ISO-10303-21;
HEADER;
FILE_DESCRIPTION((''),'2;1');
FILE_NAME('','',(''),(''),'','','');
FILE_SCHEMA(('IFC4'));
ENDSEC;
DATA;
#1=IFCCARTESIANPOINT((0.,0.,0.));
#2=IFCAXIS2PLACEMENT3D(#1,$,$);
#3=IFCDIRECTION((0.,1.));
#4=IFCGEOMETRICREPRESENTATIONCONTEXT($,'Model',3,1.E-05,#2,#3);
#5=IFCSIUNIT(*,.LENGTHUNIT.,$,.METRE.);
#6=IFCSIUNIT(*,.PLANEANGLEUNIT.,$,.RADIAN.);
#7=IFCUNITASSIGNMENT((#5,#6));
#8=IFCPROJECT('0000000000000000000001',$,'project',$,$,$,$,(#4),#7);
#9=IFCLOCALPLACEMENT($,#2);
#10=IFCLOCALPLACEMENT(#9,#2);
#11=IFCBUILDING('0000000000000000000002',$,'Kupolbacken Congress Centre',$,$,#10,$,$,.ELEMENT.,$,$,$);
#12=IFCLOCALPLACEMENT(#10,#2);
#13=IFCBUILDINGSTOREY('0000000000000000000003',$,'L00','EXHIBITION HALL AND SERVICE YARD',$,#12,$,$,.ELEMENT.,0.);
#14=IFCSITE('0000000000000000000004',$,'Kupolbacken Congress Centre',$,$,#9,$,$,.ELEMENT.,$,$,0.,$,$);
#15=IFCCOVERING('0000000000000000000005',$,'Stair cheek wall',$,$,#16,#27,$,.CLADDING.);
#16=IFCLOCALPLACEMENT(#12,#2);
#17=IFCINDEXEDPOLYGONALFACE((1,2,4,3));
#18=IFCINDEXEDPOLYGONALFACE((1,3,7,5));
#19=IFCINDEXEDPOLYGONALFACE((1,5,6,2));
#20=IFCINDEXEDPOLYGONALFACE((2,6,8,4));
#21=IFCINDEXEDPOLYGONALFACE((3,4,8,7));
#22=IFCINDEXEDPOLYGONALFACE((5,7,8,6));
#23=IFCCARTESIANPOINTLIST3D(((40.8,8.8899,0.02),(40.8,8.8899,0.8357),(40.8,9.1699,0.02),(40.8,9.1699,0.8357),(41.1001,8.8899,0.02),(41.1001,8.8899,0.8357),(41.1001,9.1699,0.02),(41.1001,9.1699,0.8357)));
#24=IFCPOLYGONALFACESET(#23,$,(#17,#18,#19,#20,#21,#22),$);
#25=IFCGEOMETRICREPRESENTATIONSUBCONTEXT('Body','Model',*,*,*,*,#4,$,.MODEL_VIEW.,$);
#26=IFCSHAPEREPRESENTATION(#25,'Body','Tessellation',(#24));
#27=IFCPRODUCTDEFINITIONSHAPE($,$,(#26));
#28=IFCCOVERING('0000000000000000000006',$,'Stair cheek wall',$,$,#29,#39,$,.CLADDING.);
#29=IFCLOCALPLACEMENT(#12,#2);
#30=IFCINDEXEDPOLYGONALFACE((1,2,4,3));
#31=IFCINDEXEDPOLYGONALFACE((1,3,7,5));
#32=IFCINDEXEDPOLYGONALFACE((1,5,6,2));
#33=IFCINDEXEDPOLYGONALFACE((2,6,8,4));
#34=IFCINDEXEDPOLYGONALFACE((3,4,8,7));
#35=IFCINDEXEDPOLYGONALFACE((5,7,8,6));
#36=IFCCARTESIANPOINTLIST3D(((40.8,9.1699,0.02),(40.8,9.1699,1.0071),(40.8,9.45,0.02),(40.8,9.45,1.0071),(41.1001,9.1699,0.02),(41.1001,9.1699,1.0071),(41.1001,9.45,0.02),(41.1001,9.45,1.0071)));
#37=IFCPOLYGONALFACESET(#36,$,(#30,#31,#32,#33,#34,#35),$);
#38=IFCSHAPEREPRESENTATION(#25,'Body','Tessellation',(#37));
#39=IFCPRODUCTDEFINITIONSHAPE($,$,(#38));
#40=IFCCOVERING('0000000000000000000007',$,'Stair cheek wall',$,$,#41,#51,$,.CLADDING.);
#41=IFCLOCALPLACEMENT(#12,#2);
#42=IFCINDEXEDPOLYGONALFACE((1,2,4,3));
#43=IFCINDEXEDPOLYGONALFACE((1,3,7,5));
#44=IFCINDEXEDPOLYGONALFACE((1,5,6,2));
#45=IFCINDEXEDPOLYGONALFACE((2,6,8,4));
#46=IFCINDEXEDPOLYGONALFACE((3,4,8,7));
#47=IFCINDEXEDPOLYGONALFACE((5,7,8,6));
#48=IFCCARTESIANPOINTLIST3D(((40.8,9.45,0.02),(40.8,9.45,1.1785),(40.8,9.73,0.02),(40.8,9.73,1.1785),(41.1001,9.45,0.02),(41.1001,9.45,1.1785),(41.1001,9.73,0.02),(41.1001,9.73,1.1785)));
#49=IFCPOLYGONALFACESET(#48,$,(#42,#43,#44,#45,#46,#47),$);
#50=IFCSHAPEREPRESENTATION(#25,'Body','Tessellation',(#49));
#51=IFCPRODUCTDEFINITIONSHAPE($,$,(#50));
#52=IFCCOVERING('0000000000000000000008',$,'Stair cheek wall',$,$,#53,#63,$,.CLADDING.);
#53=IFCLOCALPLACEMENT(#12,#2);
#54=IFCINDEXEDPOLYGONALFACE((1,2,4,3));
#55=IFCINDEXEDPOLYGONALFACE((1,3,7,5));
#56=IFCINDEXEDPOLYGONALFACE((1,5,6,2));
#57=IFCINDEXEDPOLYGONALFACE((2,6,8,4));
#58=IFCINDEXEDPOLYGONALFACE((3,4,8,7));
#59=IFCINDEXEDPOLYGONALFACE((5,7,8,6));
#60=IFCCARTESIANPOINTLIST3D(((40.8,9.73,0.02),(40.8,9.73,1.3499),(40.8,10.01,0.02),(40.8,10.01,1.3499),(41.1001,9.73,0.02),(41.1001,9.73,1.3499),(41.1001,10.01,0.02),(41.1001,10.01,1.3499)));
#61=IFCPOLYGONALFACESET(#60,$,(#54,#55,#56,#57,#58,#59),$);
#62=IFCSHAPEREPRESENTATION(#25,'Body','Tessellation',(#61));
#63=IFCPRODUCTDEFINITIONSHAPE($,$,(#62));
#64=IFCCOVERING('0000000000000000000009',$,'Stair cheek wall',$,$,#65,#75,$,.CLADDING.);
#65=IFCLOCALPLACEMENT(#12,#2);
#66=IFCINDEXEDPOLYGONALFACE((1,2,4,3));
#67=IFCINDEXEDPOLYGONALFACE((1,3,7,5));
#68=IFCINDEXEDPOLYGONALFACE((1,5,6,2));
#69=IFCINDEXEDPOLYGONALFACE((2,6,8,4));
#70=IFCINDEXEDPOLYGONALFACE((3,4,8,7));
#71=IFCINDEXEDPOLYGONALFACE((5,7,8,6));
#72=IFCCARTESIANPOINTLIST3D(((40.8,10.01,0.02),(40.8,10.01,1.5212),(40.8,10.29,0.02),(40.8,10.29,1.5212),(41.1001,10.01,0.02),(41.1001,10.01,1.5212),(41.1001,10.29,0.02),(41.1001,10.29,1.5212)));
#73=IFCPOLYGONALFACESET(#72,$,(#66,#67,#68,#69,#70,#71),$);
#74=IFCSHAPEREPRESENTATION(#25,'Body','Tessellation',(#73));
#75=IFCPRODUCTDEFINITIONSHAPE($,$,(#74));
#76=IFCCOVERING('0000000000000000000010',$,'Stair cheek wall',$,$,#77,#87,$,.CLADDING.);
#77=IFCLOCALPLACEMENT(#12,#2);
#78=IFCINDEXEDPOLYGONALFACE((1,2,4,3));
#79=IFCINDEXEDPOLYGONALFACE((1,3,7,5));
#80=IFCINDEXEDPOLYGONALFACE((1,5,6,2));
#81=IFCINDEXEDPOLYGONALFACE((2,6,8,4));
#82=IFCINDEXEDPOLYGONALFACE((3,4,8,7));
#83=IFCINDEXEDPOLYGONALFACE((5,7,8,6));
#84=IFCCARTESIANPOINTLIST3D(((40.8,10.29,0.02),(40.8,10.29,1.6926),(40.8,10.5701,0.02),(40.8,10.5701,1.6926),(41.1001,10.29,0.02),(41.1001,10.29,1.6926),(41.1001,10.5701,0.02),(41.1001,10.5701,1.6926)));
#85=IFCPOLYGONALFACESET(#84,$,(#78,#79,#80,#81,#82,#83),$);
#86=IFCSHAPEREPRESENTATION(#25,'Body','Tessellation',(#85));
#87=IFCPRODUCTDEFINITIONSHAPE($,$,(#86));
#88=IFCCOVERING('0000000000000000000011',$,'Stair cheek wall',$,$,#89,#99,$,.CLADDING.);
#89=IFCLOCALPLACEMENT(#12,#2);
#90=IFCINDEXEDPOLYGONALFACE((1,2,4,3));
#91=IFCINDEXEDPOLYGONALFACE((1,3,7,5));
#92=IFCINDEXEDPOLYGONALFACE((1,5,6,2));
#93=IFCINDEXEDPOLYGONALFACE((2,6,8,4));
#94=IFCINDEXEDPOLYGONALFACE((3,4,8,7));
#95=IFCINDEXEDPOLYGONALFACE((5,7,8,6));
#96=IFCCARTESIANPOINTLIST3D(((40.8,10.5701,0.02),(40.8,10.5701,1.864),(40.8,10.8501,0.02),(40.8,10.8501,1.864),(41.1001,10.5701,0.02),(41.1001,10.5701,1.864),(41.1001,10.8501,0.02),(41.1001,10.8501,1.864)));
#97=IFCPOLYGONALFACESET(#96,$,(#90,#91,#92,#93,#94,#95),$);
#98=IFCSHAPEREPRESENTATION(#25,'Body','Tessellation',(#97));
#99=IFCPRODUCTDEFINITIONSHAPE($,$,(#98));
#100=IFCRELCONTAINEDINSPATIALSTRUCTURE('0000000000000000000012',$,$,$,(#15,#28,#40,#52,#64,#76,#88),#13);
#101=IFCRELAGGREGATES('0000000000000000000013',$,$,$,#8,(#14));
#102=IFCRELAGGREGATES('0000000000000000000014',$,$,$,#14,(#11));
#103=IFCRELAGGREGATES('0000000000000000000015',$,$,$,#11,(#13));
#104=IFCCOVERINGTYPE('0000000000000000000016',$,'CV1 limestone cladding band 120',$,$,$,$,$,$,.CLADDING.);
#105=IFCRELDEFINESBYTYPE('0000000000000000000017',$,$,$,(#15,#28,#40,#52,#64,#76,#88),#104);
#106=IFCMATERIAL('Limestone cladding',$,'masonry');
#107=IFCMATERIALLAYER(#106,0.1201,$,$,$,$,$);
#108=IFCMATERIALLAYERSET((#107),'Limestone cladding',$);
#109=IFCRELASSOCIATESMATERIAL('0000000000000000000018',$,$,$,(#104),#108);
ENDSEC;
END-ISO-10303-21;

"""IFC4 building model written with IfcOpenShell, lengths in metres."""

from ifc_helpers import new_model, si_unit, direction, frame, origin, place, context, subcontext, project, spatial, polyline, outline, extrude, material, layer, layer_set, type_object, element, save


model = new_model("IFC4")

# Units and contexts
model_context = context("Model", 3, precision=1e-05, world=origin(), true_north=direction((0.0, 1.0)))
body_context = subcontext(model_context, "Body", "Model", "MODEL_VIEW")
ifc_project = project(units=[si_unit("LENGTHUNIT", "METRE"), si_unit("PLANEANGLEUNIT", "RADIAN")], contexts=[model_context])

# Site, building, storey
site_placement = place(None, origin())
site = spatial("IfcSite", under=ifc_project, at=site_placement, Name="Kupolbacken Congress Centre", CompositionType="ELEMENT", RefElevation=0.0)
building_placement = place(site_placement, origin())
building = spatial("IfcBuilding", under=site, at=building_placement, Name="Kupolbacken Congress Centre", CompositionType="ELEMENT")
storey_placement = place(building_placement, origin())
storey = spatial("IfcBuildingStorey", under=building, at=storey_placement, Name="L00", Description="EXHIBITION HALL AND SERVICE YARD", CompositionType="ELEMENT", Elevation=0.0)

# Coverings
ifc_material = material(Name="Limestone cladding", Category="masonry")
ifc_layer = layer(ifc_material, 0.1201)
ifc_layer_set = layer_set([ifc_layer], Name="Limestone cladding")
covering_type = type_object("IfcCoveringType", Name="CV1 limestone cladding band 120", PredefinedType="CLADDING", material=ifc_layer_set)
covering_1_placement = place(storey_placement, frame((0.0, 0.0, 0.02)))
element("IfcCovering", 1, at=covering_1_placement, inside=storey, type_object=covering_type, Name="Stair cheek wall", PredefinedType="CLADDING", context=body_context, shape_type="SweptSolid", body=[
    extrude(outline(polyline([(40.8, 8.8899), (40.8, 9.1699), (41.1001, 9.1699), (41.1001, 8.8899), (40.8, 8.8899)])), origin(), (0.0, 0.0, 1.0), 0.8157),
])
covering_2_placement = place(storey_placement, frame((0.0, 0.0, 0.02)))
element("IfcCovering", 2, at=covering_2_placement, inside=storey, type_object=covering_type, Name="Stair cheek wall", PredefinedType="CLADDING", context=body_context, shape_type="SweptSolid", body=[
    extrude(outline(polyline([(40.8, 9.1699), (40.8, 9.45), (41.1001, 9.45), (41.1001, 9.1699), (40.8, 9.1699)])), origin(), (0.0, 0.0, 1.0), 0.9871),
])
covering_3_placement = place(storey_placement, frame((0.0, 0.0, 0.02)))
element("IfcCovering", 3, at=covering_3_placement, inside=storey, type_object=covering_type, Name="Stair cheek wall", PredefinedType="CLADDING", context=body_context, shape_type="SweptSolid", body=[
    extrude(outline(polyline([(40.8, 9.45), (40.8, 9.73), (41.1001, 9.73), (41.1001, 9.45), (40.8, 9.45)])), origin(), (0.0, 0.0, 1.0), 1.1584),
])
covering_4_placement = place(storey_placement, frame((0.0, 0.0, 0.02)))
element("IfcCovering", 4, at=covering_4_placement, inside=storey, type_object=covering_type, Name="Stair cheek wall", PredefinedType="CLADDING", context=body_context, shape_type="SweptSolid", body=[
    extrude(outline(polyline([(40.8, 9.73), (40.8, 10.01), (41.1001, 10.01), (41.1001, 9.73), (40.8, 9.73)])), origin(), (0.0, 0.0, 1.0), 1.3298),
])
covering_5_placement = place(storey_placement, frame((0.0, 0.0, 0.02)))
element("IfcCovering", 5, at=covering_5_placement, inside=storey, type_object=covering_type, Name="Stair cheek wall", PredefinedType="CLADDING", context=body_context, shape_type="SweptSolid", body=[
    extrude(outline(polyline([(40.8, 10.01), (40.8, 10.29), (41.1001, 10.29), (41.1001, 10.01), (40.8, 10.01)])), origin(), (0.0, 0.0, 1.0), 1.5012),
])
covering_6_placement = place(storey_placement, frame((0.0, 0.0, 0.02)))
element("IfcCovering", 6, at=covering_6_placement, inside=storey, type_object=covering_type, Name="Stair cheek wall", PredefinedType="CLADDING", context=body_context, shape_type="SweptSolid", body=[
    extrude(outline(polyline([(40.8, 10.29), (40.8, 10.5701), (41.1001, 10.5701), (41.1001, 10.29), (40.8, 10.29)])), origin(), (0.0, 0.0, 1.0), 1.6726),
])
covering_7_placement = place(storey_placement, frame((0.0, 0.0, 0.02)))
element("IfcCovering", 7, at=covering_7_placement, inside=storey, type_object=covering_type, Name="Stair cheek wall", PredefinedType="CLADDING", context=body_context, shape_type="SweptSolid", body=[
    extrude(outline(polyline([(40.8, 10.5701), (40.8, 10.8501), (41.1001, 10.8501), (41.1001, 10.5701), (40.8, 10.5701)])), origin(), (0.0, 0.0, 1.0), 1.844),
])

save(model, "model.ifc")
